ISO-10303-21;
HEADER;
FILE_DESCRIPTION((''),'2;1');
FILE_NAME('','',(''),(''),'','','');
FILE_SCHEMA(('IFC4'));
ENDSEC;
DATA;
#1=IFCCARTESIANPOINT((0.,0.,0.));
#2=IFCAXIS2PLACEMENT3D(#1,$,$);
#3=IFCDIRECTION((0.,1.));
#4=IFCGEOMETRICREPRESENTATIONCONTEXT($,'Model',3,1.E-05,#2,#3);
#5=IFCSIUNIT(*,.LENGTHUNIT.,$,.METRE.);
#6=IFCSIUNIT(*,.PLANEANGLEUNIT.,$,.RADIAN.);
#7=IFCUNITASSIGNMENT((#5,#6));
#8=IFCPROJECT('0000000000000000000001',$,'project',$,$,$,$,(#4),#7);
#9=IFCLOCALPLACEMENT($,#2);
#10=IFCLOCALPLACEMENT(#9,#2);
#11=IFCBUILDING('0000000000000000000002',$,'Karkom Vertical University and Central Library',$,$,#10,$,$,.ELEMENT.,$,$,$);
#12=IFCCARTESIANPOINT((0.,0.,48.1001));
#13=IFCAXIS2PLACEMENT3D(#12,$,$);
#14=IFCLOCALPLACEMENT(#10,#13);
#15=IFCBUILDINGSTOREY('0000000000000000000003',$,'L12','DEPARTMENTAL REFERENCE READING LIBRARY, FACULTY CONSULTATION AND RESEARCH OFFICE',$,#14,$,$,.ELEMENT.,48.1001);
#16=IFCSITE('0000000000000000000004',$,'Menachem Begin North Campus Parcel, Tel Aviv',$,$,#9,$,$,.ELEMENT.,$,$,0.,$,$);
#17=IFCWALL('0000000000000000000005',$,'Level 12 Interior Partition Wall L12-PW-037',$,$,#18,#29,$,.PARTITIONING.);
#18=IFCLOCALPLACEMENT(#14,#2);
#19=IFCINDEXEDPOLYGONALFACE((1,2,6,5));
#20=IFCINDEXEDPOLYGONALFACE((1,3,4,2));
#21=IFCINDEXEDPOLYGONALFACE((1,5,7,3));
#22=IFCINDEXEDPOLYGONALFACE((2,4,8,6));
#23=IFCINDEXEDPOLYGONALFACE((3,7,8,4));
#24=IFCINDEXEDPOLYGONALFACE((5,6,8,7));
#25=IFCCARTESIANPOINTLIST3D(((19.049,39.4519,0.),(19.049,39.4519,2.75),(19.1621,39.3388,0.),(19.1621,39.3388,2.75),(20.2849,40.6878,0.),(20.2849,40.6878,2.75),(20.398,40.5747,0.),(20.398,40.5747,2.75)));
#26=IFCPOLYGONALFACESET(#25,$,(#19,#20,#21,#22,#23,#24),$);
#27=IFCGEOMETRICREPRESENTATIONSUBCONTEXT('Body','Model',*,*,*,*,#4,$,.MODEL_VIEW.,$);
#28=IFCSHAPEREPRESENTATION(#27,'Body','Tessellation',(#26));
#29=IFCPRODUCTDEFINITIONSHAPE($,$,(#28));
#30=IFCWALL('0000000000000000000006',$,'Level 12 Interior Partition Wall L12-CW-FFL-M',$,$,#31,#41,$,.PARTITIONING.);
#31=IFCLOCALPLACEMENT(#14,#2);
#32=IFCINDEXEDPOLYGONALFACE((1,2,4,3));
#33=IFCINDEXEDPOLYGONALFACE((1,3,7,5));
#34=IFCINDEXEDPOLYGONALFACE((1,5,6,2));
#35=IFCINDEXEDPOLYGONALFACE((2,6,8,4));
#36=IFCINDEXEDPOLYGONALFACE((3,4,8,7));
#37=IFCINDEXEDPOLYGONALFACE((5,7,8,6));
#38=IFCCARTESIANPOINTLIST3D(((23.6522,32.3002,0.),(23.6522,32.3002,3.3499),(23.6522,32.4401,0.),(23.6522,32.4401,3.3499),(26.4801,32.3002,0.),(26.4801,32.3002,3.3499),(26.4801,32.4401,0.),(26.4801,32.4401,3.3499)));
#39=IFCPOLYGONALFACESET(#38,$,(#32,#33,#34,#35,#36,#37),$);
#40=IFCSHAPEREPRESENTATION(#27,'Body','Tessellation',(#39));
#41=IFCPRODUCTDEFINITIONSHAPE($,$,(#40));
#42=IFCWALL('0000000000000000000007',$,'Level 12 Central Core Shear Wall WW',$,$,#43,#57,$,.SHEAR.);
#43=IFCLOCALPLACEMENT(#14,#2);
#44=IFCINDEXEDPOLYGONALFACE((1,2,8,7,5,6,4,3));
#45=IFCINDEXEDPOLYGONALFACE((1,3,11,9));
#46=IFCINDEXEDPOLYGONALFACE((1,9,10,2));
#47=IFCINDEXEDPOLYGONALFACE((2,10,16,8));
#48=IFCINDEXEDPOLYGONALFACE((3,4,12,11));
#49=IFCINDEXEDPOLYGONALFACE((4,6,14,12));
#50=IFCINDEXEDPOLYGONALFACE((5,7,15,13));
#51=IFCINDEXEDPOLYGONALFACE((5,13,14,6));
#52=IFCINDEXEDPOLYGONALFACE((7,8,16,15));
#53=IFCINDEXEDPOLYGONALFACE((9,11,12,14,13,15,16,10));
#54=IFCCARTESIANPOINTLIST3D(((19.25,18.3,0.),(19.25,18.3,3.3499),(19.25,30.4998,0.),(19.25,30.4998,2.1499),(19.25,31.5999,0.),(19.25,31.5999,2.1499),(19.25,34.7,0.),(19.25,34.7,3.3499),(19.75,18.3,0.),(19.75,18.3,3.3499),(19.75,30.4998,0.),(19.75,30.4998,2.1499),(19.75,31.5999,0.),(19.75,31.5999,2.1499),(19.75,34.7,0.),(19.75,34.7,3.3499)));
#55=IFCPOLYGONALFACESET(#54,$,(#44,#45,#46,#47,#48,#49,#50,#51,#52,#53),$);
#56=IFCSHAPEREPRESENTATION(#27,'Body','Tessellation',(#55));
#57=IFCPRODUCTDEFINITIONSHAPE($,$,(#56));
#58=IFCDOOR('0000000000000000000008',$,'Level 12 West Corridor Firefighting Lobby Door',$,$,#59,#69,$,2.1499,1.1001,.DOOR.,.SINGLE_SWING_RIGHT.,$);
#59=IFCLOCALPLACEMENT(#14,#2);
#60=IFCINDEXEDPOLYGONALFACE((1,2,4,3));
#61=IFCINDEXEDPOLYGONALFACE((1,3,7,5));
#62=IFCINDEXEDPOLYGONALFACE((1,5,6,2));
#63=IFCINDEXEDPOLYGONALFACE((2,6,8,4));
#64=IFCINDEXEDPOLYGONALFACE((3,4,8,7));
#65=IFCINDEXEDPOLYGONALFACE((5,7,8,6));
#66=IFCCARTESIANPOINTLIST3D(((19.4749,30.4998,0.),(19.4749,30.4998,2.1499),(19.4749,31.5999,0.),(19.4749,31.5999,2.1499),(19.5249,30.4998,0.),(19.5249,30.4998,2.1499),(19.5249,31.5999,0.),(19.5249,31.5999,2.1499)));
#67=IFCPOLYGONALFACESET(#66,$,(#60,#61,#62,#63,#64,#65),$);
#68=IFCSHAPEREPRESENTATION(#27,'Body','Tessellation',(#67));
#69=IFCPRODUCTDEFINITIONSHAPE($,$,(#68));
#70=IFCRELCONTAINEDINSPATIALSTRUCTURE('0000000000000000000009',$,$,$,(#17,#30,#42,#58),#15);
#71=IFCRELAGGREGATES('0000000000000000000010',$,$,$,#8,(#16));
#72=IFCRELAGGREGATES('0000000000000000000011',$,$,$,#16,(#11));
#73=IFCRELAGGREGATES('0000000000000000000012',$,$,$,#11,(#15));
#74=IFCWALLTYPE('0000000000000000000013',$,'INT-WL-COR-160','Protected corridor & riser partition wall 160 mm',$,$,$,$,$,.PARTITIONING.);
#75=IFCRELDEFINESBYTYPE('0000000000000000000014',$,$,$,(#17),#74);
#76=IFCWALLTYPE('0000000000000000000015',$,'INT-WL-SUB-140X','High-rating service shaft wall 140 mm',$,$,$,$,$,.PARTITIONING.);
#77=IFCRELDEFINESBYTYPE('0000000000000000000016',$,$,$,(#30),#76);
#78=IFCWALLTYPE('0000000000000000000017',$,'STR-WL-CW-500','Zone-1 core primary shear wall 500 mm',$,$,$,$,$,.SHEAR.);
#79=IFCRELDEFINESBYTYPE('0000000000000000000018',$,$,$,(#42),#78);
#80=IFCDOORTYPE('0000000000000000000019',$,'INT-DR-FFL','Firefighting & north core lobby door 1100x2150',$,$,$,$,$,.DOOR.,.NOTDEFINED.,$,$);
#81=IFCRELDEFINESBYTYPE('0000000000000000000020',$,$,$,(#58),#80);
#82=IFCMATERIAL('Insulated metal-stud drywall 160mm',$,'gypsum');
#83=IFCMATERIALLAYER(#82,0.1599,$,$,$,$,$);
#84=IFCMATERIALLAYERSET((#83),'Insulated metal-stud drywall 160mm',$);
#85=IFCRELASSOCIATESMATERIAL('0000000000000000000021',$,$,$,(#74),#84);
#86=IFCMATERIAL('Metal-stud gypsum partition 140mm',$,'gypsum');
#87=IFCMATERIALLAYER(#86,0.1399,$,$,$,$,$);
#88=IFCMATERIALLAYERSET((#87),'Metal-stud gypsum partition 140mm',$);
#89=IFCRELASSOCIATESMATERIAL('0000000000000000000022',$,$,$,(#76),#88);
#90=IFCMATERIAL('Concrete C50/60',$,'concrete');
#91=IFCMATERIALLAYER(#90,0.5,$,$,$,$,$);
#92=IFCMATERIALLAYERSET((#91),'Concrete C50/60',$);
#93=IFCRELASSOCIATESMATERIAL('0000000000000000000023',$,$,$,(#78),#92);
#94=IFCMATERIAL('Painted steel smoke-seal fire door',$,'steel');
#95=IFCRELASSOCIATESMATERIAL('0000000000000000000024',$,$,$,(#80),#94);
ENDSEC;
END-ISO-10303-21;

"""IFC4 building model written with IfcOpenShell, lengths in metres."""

from ifc_helpers import new_model, si_unit, direction, frame, frame_2d, origin, origin_with_axes, place, context, subcontext, project, spatial, rectangle, extrude, source, transform, mapped, material, layer, layer_set, type_object, element, fill, save


model = new_model("IFC4")

# Units and contexts
model_context = context("Model", 3, precision=1e-05, world=origin(), true_north=direction((0.0, 1.0)))
body_context = subcontext(model_context, "Body", "Model", "MODEL_VIEW")
ifc_project = project(units=[si_unit("LENGTHUNIT", "METRE"), si_unit("PLANEANGLEUNIT", "RADIAN")], contexts=[model_context])

# Site, building, storey
site_placement = place(None, origin())
site = spatial("IfcSite", under=ifc_project, at=site_placement, Name="Menachem Begin North Campus Parcel, Tel Aviv", CompositionType="ELEMENT", RefElevation=0.0)
building_placement = place(site_placement, origin())
building = spatial("IfcBuilding", under=site, at=building_placement, Name="Karkom Vertical University and Central Library", CompositionType="ELEMENT")
storey_placement = place(building_placement, frame((0.0, 0.0, 48.1001)))
storey = spatial("IfcBuildingStorey", under=building, at=storey_placement, Name="L12", Description="DEPARTMENTAL REFERENCE READING LIBRARY, FACULTY CONSULTATION AND RESEARCH OFFICE", CompositionType="ELEMENT", Elevation=48.1001)

# Shared definitions
ifc_material_1 = material(Name="Concrete C50/60", Category="concrete")

# Walls
ifc_material_2 = material(Name="Insulated metal-stud drywall 160mm", Category="gypsum")
ifc_layer_1 = layer(ifc_material_2, 0.1599)
ifc_layer_set_1 = layer_set([ifc_layer_1], Name="Insulated metal-stud drywall 160mm")
wall_type_1 = type_object("IfcWallType", Name="INT-WL-COR-160", Description="Protected corridor & riser partition wall 160 mm", PredefinedType="PARTITIONING", material=ifc_layer_set_1)
wall_1_placement = place(storey_placement, frame((19.1055, 39.3953, 0.0), z_axis=(0.0, 0.0, 1.0), x_axis=(0.707107, 0.707107, 0.0)))
element("IfcWall", 1, at=wall_1_placement, inside=storey, type_object=wall_type_1, Name="Level 12 Interior Partition Wall L12-PW-037", PredefinedType="PARTITIONING", context=body_context, shape_type="SweptSolid", body=[
    extrude(rectangle(XDim=1.7478, YDim=0.1599, at=frame_2d((0.874, 0.0))), origin(), (0.0, 0.0, 1.0), 2.75),
])
ifc_material_3 = material(Name="Metal-stud gypsum partition 140mm", Category="gypsum")
ifc_layer_2 = layer(ifc_material_3, 0.1399)
ifc_layer_set_2 = layer_set([ifc_layer_2], Name="Metal-stud gypsum partition 140mm")
wall_type_2 = type_object("IfcWallType", Name="INT-WL-SUB-140X", Description="High-rating service shaft wall 140 mm", PredefinedType="PARTITIONING", material=ifc_layer_set_2)
wall_2_placement = place(storey_placement, frame((23.6521, 32.3701, 0.0), z_axis=(0.0, 0.0, 1.0), x_axis=(1.0, 0.0, 0.0)))
element("IfcWall", 2, at=wall_2_placement, inside=storey, type_object=wall_type_2, Name="Level 12 Interior Partition Wall L12-CW-FFL-M", PredefinedType="PARTITIONING", context=body_context, shape_type="SweptSolid", body=[
    extrude(rectangle(XDim=2.8279, YDim=0.1399, at=frame_2d((1.4141, 0.0))), origin(), (0.0, 0.0, 1.0), 3.3499),
])

# Wall, opening, door
ifc_layer_3 = layer(ifc_material_1, 0.5)
ifc_layer_set_3 = layer_set([ifc_layer_3], Name="Concrete C50/60")
wall_type_3 = type_object("IfcWallType", Name="STR-WL-CW-500", Description="Zone-1 core primary shear wall 500 mm", PredefinedType="SHEAR", material=ifc_layer_set_3)
ifc_material_4 = material(Name="Painted steel smoke-seal fire door", Category="steel")
door_type = type_object("IfcDoorType", Name="INT-DR-FFL", Description="Firefighting & north core lobby door 1100x2150", OperationType="NOTDEFINED", PredefinedType="DOOR", material=ifc_material_4)
shared_shape_1 = source(origin_with_axes(), body_context, "Body", "SweptSolid", [
    extrude(rectangle(XDim=1.1001, YDim=2.1499, at=frame_2d((0.55, 1.075))), frame((0.0, 0.0249, 0.0), z_axis=(0.0, -1.0, 0.0), x_axis=(1.0, 0.0, 0.0)), (0.0, 0.0, 1.0), 0.05),
])
wall_3_placement = place(storey_placement, frame((19.5, 34.7, 0.0), z_axis=(0.0, 0.0, 1.0), x_axis=(0.0, -1.0, 0.0)))
wall_3 = element("IfcWall", 3, at=wall_3_placement, inside=storey, type_object=wall_type_3, Name="Level 12 Central Core Shear Wall WW", PredefinedType="SHEAR", context=body_context, shape_type="SweptSolid", body=[
    extrude(rectangle(XDim=16.3999, YDim=0.5, at=frame_2d((8.2, 0.0))), origin(), (0.0, 0.0, 1.0), 3.3499),
])
opening_1_placement = place(wall_3_placement, frame((3.1001, 0.0, 0.0)))
opening_1 = element("IfcOpeningElement", 4, at=opening_1_placement, cuts=wall_3, PredefinedType="OPENING", context=body_context, shape_type="SweptSolid", body=[
    extrude(rectangle(XDim=1.1001, YDim=2.1499, at=frame_2d((0.55, 1.075))), frame((0.0, 0.26, 0.0), z_axis=(0.0, -1.0, 0.0), x_axis=(1.0, 0.0, 0.0)), (0.0, 0.0, 1.0), 0.52),
])
door_1_placement = place(opening_1_placement, origin())
door_1 = element("IfcDoor", 5, at=door_1_placement, inside=storey, type_object=door_type, Name="Level 12 West Corridor Firefighting Lobby Door", OperationType="SINGLE_SWING_RIGHT", OverallHeight=2.1499, OverallWidth=1.1001, PredefinedType="DOOR", context=body_context, shape_type="MappedRepresentation", body=[
    mapped(shared_shape_1, transform((0.0, 0.0, 0.0), scale=1.0)),
])
fill(opening_1, door_1)

save(model, "model.ifc")
